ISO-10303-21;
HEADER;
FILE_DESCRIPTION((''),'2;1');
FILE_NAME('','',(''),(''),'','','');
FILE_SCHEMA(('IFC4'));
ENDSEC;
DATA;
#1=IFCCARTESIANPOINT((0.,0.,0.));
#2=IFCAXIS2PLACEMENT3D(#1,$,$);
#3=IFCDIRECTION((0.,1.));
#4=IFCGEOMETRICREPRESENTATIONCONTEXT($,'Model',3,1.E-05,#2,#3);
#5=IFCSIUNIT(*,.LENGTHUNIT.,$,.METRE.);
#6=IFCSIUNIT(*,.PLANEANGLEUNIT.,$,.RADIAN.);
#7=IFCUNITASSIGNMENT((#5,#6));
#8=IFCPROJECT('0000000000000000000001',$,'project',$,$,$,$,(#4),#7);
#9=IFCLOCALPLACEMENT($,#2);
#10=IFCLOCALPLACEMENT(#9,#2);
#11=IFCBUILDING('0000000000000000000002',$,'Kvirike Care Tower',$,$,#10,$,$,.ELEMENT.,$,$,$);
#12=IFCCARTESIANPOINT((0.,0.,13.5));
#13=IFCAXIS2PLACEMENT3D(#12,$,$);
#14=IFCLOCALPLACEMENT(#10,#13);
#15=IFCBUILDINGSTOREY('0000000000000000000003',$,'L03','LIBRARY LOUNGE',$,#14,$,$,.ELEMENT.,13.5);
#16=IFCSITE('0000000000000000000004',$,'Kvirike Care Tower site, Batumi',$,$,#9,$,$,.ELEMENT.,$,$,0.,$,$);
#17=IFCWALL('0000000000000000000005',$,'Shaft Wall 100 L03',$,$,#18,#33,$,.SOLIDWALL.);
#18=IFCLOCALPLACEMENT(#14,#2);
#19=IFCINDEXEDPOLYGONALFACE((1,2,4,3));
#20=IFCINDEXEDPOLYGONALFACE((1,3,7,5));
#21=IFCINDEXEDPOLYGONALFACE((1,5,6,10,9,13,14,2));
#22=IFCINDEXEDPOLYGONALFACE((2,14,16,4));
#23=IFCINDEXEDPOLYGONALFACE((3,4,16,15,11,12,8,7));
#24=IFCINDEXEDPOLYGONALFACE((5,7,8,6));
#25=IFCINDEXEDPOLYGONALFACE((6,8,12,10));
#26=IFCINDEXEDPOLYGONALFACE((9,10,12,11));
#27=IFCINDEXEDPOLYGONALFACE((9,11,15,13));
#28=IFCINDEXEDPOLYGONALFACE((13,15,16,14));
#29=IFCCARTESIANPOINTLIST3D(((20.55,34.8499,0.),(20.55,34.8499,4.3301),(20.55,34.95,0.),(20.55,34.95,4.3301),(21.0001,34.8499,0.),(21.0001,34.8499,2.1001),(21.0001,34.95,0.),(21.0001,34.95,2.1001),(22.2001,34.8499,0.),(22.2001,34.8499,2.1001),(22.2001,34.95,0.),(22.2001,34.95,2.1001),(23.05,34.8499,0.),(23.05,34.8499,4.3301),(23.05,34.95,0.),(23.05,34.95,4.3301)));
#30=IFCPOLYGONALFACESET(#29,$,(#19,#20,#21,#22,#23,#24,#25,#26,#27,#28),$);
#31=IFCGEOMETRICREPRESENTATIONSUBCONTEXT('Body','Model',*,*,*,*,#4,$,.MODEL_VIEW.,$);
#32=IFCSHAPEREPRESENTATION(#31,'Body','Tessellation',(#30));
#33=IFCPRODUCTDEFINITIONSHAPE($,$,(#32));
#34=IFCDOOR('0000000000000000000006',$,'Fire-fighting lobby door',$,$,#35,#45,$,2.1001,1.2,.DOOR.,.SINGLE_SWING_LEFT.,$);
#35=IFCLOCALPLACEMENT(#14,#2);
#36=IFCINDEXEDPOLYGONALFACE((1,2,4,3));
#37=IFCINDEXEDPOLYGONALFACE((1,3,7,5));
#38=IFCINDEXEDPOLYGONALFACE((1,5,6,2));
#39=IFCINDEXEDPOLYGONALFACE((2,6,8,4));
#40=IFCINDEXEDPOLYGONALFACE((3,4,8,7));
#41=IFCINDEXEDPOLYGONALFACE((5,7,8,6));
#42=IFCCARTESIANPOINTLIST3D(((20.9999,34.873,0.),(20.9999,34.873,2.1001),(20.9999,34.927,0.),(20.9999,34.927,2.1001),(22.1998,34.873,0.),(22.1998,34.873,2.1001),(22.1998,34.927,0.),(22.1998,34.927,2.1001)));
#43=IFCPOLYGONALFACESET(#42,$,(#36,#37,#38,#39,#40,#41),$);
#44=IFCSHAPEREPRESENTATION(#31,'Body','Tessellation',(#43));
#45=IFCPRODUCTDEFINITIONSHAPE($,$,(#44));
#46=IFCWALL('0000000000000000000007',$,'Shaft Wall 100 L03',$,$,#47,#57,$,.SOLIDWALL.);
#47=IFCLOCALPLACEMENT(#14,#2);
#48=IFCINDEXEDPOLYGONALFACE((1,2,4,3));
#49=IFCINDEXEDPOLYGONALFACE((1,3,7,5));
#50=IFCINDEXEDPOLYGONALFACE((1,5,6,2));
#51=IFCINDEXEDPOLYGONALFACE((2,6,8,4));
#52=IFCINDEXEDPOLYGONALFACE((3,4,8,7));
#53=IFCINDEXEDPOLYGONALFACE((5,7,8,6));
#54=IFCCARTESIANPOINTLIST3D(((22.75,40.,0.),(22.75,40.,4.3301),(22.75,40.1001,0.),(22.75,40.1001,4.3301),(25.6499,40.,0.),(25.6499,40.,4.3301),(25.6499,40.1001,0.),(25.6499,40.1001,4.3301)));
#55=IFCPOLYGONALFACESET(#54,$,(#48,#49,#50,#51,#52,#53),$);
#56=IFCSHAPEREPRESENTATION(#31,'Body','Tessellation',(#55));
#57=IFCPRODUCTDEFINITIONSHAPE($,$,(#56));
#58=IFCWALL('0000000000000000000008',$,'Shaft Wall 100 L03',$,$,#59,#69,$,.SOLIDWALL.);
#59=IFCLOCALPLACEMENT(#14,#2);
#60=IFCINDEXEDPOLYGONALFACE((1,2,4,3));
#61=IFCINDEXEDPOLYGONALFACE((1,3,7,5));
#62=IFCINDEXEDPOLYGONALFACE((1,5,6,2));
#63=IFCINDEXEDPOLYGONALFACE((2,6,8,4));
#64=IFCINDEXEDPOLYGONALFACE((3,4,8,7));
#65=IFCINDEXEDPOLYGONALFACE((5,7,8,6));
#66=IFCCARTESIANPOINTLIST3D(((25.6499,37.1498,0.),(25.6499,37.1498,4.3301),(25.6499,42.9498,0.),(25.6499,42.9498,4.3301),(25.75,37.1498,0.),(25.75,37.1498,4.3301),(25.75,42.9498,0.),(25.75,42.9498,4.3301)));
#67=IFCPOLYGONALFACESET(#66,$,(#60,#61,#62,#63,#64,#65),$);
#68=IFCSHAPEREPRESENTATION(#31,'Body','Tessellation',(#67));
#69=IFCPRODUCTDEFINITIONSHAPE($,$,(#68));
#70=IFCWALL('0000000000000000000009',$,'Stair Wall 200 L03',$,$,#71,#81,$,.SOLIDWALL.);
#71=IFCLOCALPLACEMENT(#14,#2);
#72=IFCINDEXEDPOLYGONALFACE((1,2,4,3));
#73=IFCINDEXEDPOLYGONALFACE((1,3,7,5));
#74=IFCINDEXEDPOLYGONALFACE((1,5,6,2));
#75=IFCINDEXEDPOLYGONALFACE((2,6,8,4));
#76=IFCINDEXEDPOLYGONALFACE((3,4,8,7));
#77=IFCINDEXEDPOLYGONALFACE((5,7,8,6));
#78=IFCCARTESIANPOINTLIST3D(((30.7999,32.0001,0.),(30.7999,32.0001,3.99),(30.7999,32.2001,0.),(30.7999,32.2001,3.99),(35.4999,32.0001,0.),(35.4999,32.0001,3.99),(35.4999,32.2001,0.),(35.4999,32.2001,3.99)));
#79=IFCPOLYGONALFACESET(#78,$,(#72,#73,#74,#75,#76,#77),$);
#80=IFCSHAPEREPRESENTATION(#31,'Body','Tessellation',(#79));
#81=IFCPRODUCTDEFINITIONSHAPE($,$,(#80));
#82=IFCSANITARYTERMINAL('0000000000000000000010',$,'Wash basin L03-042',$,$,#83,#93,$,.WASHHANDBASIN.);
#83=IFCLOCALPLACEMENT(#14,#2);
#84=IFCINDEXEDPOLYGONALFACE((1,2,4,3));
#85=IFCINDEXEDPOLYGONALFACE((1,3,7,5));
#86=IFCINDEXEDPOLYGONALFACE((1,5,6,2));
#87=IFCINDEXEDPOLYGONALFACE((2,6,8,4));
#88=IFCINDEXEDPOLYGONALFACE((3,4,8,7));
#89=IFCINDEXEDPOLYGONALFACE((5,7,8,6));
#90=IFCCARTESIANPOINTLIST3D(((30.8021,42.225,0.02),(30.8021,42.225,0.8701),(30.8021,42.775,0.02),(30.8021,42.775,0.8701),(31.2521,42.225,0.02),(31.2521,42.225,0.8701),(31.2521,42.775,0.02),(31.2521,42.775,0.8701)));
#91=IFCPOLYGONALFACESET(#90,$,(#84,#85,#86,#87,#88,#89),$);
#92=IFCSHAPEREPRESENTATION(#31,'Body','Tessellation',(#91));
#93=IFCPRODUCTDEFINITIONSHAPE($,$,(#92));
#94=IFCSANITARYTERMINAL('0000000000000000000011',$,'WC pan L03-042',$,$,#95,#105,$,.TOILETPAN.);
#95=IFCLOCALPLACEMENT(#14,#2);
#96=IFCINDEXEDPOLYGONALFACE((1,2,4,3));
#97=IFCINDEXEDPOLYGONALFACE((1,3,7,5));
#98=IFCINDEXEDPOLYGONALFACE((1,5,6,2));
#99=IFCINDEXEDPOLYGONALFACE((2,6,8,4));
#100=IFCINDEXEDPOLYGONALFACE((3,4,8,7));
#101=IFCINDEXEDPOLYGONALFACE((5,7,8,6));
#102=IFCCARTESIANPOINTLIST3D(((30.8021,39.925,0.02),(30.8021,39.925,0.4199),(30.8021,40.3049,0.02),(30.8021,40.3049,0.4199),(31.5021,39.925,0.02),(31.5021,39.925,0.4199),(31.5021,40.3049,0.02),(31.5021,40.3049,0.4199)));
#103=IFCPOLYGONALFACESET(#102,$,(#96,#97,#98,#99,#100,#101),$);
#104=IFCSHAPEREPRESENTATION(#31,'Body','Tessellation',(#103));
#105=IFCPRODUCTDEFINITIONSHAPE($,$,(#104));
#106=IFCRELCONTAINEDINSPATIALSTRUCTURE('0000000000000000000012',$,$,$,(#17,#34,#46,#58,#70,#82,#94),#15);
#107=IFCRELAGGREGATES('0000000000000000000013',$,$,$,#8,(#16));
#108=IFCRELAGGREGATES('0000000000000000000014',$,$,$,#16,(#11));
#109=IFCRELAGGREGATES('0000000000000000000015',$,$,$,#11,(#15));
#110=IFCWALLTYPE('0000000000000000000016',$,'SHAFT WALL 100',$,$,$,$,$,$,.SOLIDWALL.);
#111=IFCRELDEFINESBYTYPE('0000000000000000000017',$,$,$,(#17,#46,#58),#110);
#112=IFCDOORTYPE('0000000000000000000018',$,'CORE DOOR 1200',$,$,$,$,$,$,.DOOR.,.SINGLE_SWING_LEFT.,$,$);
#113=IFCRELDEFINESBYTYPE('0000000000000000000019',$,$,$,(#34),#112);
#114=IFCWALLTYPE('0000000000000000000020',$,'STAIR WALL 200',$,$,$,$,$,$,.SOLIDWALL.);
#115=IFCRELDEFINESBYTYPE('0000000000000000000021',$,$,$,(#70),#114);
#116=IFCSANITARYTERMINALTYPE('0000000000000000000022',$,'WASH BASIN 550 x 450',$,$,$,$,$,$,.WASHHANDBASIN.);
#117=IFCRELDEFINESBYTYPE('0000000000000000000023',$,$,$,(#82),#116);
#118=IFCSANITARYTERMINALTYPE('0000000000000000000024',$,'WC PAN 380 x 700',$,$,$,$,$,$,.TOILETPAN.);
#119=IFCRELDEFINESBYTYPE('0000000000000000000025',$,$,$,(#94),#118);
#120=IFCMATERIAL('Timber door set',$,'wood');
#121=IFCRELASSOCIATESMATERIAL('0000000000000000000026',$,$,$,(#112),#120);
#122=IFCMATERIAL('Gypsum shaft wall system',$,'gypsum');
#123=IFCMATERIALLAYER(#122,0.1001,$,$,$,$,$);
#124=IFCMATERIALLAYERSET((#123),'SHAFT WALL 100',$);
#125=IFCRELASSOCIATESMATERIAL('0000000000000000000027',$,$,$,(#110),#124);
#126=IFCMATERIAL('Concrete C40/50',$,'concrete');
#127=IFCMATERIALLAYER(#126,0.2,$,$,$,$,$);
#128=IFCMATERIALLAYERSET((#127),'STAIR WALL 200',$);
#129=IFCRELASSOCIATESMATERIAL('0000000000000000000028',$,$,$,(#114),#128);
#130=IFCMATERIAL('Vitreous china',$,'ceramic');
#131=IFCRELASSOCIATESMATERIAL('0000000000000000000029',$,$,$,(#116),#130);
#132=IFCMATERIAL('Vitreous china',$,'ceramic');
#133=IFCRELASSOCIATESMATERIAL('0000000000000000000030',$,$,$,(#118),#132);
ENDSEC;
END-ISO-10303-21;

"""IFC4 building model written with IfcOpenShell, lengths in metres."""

from ifc_helpers import new_model, si_unit, direction, frame, frame_2d, origin, origin_2d, place, context, subcontext, project, spatial, rectangle, extrude, material, layer, layer_set, type_object, element, fill, save


model = new_model("IFC4")

# Units and contexts
model_context = context("Model", 3, precision=1e-05, world=origin(), true_north=direction((0.0, 1.0)))
body_context = subcontext(model_context, "Body", "Model", "MODEL_VIEW")
ifc_project = project(units=[si_unit("LENGTHUNIT", "METRE"), si_unit("PLANEANGLEUNIT", "RADIAN")], contexts=[model_context])

# Site, building, storey
site_placement = place(None, origin())
site = spatial("IfcSite", under=ifc_project, at=site_placement, Name="Kvirike Care Tower site, Batumi", CompositionType="ELEMENT", RefElevation=0.0)
building_placement = place(site_placement, origin())
building = spatial("IfcBuilding", under=site, at=building_placement, Name="Kvirike Care Tower", CompositionType="ELEMENT")
storey_placement = place(building_placement, frame((0.0, 0.0, 13.5)))
storey = spatial("IfcBuildingStorey", under=building, at=storey_placement, Name="L03", Description="LIBRARY LOUNGE", CompositionType="ELEMENT", Elevation=13.5)

# Shared definitions
ifc_material_1 = material(Name="Timber door set", Category="wood")
door_type_1 = type_object("IfcDoorType", Name="CORE DOOR 1200", OperationType="SINGLE_SWING_LEFT", PredefinedType="DOOR", material=ifc_material_1)

# Shared definitions
ifc_material_2 = material(Name="Gypsum shaft wall system", Category="gypsum")
ifc_layer_1 = layer(ifc_material_2, 0.1001)
ifc_layer_set_1 = layer_set([ifc_layer_1], Name="SHAFT WALL 100")
wall_type_1 = type_object("IfcWallType", Name="SHAFT WALL 100", PredefinedType="SOLIDWALL", material=ifc_layer_set_1)

# Wall, opening, door
wall_1_placement = place(storey_placement, frame((20.55, 34.8999, 0.0), z_axis=(0.0, 0.0, 1.0), x_axis=(1.0, 0.0, 0.0)))
wall_1 = element("IfcWall", 1, at=wall_1_placement, inside=storey, type_object=wall_type_1, Name="Shaft Wall 100 L03", PredefinedType="SOLIDWALL", context=body_context, shape_type="SweptSolid", body=[
    extrude(rectangle(XDim=2.5, YDim=0.1001, at=frame_2d((1.25, 0.0))), origin(), (0.0, 0.0, 1.0), 4.3301),
])
opening_1_placement = place(wall_1_placement, frame((0.45, 0.0, 0.0)))
opening_1 = element("IfcOpeningElement", 2, at=opening_1_placement, cuts=wall_1, PredefinedType="OPENING", context=body_context, shape_type="SweptSolid", body=[
    extrude(rectangle(XDim=1.2, YDim=2.1001, at=frame_2d((0.6001, 1.05))), frame((0.0, 0.0605, 0.0), z_axis=(0.0, -1.0, 0.0), x_axis=(1.0, 0.0, 0.0)), (0.0, 0.0, 1.0), 0.1211),
])
door_1_placement = place(opening_1_placement, frame((1.2, 0.0, 0.0), z_axis=(0.0, 0.0, 1.0), x_axis=(-1.0, 0.0, 0.0)))
door_1 = element("IfcDoor", 3, at=door_1_placement, inside=storey, type_object=door_type_1, Name="Fire-fighting lobby door", OperationType="SINGLE_SWING_LEFT", OverallHeight=2.1001, OverallWidth=1.2, PredefinedType="DOOR", context=body_context, shape_type="SweptSolid", body=[
    extrude(rectangle(XDim=1.2, YDim=2.1001, at=frame_2d((0.6001, 1.05))), frame((0.0, 0.0269, 0.0), z_axis=(0.0, -1.0, 0.0), x_axis=(1.0, 0.0, 0.0)), (0.0, 0.0, 1.0), 0.054),
])
fill(opening_1, door_1)

# Walls
wall_2_placement = place(storey_placement, frame((22.75, 40.05, 0.0), z_axis=(0.0, 0.0, 1.0), x_axis=(1.0, 0.0, 0.0)))
element("IfcWall", 4, at=wall_2_placement, inside=storey, type_object=wall_type_1, Name="Shaft Wall 100 L03", PredefinedType="SOLIDWALL", context=body_context, shape_type="SweptSolid", body=[
    extrude(rectangle(XDim=2.8999, YDim=0.1001, at=frame_2d((1.45, 0.0))), origin(), (0.0, 0.0, 1.0), 4.3301),
])
wall_3_placement = place(storey_placement, frame((25.7, 37.1499, 0.0), z_axis=(0.0, 0.0, 1.0), x_axis=(0.0, 1.0, 0.0)))
element("IfcWall", 5, at=wall_3_placement, inside=storey, type_object=wall_type_1, Name="Shaft Wall 100 L03", PredefinedType="SOLIDWALL", context=body_context, shape_type="SweptSolid", body=[
    extrude(rectangle(XDim=5.8, YDim=0.1001, at=frame_2d((2.8999, 0.0))), origin(), (0.0, 0.0, 1.0), 4.3301),
])
ifc_material_3 = material(Name="Concrete C40/50", Category="concrete")
ifc_layer_2 = layer(ifc_material_3, 0.2)
ifc_layer_set_2 = layer_set([ifc_layer_2], Name="STAIR WALL 200")
wall_type_2 = type_object("IfcWallType", Name="STAIR WALL 200", PredefinedType="SOLIDWALL", material=ifc_layer_set_2)
wall_4_placement = place(storey_placement, frame((35.5, 32.1001, 0.0), z_axis=(0.0, 0.0, 1.0), x_axis=(-1.0, 0.0, 0.0)))
element("IfcWall", 6, at=wall_4_placement, inside=storey, type_object=wall_type_2, Name="Stair Wall 200 L03", PredefinedType="SOLIDWALL", context=body_context, shape_type="SweptSolid", body=[
    extrude(rectangle(XDim=4.7, YDim=0.2, at=frame_2d((2.3501, 0.0))), origin(), (0.0, 0.0, 1.0), 3.99),
])

# Sanitary terminals
ifc_material_4 = material(Name="Vitreous china", Category="ceramic")
sanitary_terminal_type_1 = type_object("IfcSanitaryTerminalType", Name="WASH BASIN 550 x 450", PredefinedType="WASHHANDBASIN", material=ifc_material_4)
sanitary_terminal_1_placement = place(storey_placement, frame((31.0271, 42.5, 0.02), z_axis=(0.0, 0.0, 1.0), x_axis=(0.0, 1.0, 0.0)))
element("IfcSanitaryTerminal", 7, at=sanitary_terminal_1_placement, inside=storey, type_object=sanitary_terminal_type_1, Name="Wash basin L03-042", PredefinedType="WASHHANDBASIN", context=body_context, shape_type="SweptSolid", body=[
    extrude(rectangle(XDim=0.55, YDim=0.45, at=origin_2d()), origin(), (0.0, 0.0, 1.0), 0.8501),
])
ifc_material_5 = material(Name="Vitreous china", Category="ceramic")
sanitary_terminal_type_2 = type_object("IfcSanitaryTerminalType", Name="WC PAN 380 x 700", PredefinedType="TOILETPAN", material=ifc_material_5)
sanitary_terminal_2_placement = place(storey_placement, frame((31.1521, 40.115, 0.02), z_axis=(0.0, 0.0, 1.0), x_axis=(0.0, 1.0, 0.0)))
element("IfcSanitaryTerminal", 8, at=sanitary_terminal_2_placement, inside=storey, type_object=sanitary_terminal_type_2, Name="WC pan L03-042", PredefinedType="TOILETPAN", context=body_context, shape_type="SweptSolid", body=[
    extrude(rectangle(XDim=0.3799, YDim=0.7, at=origin_2d()), origin(), (0.0, 0.0, 1.0), 0.3999),
])

save(model, "model.ifc")
